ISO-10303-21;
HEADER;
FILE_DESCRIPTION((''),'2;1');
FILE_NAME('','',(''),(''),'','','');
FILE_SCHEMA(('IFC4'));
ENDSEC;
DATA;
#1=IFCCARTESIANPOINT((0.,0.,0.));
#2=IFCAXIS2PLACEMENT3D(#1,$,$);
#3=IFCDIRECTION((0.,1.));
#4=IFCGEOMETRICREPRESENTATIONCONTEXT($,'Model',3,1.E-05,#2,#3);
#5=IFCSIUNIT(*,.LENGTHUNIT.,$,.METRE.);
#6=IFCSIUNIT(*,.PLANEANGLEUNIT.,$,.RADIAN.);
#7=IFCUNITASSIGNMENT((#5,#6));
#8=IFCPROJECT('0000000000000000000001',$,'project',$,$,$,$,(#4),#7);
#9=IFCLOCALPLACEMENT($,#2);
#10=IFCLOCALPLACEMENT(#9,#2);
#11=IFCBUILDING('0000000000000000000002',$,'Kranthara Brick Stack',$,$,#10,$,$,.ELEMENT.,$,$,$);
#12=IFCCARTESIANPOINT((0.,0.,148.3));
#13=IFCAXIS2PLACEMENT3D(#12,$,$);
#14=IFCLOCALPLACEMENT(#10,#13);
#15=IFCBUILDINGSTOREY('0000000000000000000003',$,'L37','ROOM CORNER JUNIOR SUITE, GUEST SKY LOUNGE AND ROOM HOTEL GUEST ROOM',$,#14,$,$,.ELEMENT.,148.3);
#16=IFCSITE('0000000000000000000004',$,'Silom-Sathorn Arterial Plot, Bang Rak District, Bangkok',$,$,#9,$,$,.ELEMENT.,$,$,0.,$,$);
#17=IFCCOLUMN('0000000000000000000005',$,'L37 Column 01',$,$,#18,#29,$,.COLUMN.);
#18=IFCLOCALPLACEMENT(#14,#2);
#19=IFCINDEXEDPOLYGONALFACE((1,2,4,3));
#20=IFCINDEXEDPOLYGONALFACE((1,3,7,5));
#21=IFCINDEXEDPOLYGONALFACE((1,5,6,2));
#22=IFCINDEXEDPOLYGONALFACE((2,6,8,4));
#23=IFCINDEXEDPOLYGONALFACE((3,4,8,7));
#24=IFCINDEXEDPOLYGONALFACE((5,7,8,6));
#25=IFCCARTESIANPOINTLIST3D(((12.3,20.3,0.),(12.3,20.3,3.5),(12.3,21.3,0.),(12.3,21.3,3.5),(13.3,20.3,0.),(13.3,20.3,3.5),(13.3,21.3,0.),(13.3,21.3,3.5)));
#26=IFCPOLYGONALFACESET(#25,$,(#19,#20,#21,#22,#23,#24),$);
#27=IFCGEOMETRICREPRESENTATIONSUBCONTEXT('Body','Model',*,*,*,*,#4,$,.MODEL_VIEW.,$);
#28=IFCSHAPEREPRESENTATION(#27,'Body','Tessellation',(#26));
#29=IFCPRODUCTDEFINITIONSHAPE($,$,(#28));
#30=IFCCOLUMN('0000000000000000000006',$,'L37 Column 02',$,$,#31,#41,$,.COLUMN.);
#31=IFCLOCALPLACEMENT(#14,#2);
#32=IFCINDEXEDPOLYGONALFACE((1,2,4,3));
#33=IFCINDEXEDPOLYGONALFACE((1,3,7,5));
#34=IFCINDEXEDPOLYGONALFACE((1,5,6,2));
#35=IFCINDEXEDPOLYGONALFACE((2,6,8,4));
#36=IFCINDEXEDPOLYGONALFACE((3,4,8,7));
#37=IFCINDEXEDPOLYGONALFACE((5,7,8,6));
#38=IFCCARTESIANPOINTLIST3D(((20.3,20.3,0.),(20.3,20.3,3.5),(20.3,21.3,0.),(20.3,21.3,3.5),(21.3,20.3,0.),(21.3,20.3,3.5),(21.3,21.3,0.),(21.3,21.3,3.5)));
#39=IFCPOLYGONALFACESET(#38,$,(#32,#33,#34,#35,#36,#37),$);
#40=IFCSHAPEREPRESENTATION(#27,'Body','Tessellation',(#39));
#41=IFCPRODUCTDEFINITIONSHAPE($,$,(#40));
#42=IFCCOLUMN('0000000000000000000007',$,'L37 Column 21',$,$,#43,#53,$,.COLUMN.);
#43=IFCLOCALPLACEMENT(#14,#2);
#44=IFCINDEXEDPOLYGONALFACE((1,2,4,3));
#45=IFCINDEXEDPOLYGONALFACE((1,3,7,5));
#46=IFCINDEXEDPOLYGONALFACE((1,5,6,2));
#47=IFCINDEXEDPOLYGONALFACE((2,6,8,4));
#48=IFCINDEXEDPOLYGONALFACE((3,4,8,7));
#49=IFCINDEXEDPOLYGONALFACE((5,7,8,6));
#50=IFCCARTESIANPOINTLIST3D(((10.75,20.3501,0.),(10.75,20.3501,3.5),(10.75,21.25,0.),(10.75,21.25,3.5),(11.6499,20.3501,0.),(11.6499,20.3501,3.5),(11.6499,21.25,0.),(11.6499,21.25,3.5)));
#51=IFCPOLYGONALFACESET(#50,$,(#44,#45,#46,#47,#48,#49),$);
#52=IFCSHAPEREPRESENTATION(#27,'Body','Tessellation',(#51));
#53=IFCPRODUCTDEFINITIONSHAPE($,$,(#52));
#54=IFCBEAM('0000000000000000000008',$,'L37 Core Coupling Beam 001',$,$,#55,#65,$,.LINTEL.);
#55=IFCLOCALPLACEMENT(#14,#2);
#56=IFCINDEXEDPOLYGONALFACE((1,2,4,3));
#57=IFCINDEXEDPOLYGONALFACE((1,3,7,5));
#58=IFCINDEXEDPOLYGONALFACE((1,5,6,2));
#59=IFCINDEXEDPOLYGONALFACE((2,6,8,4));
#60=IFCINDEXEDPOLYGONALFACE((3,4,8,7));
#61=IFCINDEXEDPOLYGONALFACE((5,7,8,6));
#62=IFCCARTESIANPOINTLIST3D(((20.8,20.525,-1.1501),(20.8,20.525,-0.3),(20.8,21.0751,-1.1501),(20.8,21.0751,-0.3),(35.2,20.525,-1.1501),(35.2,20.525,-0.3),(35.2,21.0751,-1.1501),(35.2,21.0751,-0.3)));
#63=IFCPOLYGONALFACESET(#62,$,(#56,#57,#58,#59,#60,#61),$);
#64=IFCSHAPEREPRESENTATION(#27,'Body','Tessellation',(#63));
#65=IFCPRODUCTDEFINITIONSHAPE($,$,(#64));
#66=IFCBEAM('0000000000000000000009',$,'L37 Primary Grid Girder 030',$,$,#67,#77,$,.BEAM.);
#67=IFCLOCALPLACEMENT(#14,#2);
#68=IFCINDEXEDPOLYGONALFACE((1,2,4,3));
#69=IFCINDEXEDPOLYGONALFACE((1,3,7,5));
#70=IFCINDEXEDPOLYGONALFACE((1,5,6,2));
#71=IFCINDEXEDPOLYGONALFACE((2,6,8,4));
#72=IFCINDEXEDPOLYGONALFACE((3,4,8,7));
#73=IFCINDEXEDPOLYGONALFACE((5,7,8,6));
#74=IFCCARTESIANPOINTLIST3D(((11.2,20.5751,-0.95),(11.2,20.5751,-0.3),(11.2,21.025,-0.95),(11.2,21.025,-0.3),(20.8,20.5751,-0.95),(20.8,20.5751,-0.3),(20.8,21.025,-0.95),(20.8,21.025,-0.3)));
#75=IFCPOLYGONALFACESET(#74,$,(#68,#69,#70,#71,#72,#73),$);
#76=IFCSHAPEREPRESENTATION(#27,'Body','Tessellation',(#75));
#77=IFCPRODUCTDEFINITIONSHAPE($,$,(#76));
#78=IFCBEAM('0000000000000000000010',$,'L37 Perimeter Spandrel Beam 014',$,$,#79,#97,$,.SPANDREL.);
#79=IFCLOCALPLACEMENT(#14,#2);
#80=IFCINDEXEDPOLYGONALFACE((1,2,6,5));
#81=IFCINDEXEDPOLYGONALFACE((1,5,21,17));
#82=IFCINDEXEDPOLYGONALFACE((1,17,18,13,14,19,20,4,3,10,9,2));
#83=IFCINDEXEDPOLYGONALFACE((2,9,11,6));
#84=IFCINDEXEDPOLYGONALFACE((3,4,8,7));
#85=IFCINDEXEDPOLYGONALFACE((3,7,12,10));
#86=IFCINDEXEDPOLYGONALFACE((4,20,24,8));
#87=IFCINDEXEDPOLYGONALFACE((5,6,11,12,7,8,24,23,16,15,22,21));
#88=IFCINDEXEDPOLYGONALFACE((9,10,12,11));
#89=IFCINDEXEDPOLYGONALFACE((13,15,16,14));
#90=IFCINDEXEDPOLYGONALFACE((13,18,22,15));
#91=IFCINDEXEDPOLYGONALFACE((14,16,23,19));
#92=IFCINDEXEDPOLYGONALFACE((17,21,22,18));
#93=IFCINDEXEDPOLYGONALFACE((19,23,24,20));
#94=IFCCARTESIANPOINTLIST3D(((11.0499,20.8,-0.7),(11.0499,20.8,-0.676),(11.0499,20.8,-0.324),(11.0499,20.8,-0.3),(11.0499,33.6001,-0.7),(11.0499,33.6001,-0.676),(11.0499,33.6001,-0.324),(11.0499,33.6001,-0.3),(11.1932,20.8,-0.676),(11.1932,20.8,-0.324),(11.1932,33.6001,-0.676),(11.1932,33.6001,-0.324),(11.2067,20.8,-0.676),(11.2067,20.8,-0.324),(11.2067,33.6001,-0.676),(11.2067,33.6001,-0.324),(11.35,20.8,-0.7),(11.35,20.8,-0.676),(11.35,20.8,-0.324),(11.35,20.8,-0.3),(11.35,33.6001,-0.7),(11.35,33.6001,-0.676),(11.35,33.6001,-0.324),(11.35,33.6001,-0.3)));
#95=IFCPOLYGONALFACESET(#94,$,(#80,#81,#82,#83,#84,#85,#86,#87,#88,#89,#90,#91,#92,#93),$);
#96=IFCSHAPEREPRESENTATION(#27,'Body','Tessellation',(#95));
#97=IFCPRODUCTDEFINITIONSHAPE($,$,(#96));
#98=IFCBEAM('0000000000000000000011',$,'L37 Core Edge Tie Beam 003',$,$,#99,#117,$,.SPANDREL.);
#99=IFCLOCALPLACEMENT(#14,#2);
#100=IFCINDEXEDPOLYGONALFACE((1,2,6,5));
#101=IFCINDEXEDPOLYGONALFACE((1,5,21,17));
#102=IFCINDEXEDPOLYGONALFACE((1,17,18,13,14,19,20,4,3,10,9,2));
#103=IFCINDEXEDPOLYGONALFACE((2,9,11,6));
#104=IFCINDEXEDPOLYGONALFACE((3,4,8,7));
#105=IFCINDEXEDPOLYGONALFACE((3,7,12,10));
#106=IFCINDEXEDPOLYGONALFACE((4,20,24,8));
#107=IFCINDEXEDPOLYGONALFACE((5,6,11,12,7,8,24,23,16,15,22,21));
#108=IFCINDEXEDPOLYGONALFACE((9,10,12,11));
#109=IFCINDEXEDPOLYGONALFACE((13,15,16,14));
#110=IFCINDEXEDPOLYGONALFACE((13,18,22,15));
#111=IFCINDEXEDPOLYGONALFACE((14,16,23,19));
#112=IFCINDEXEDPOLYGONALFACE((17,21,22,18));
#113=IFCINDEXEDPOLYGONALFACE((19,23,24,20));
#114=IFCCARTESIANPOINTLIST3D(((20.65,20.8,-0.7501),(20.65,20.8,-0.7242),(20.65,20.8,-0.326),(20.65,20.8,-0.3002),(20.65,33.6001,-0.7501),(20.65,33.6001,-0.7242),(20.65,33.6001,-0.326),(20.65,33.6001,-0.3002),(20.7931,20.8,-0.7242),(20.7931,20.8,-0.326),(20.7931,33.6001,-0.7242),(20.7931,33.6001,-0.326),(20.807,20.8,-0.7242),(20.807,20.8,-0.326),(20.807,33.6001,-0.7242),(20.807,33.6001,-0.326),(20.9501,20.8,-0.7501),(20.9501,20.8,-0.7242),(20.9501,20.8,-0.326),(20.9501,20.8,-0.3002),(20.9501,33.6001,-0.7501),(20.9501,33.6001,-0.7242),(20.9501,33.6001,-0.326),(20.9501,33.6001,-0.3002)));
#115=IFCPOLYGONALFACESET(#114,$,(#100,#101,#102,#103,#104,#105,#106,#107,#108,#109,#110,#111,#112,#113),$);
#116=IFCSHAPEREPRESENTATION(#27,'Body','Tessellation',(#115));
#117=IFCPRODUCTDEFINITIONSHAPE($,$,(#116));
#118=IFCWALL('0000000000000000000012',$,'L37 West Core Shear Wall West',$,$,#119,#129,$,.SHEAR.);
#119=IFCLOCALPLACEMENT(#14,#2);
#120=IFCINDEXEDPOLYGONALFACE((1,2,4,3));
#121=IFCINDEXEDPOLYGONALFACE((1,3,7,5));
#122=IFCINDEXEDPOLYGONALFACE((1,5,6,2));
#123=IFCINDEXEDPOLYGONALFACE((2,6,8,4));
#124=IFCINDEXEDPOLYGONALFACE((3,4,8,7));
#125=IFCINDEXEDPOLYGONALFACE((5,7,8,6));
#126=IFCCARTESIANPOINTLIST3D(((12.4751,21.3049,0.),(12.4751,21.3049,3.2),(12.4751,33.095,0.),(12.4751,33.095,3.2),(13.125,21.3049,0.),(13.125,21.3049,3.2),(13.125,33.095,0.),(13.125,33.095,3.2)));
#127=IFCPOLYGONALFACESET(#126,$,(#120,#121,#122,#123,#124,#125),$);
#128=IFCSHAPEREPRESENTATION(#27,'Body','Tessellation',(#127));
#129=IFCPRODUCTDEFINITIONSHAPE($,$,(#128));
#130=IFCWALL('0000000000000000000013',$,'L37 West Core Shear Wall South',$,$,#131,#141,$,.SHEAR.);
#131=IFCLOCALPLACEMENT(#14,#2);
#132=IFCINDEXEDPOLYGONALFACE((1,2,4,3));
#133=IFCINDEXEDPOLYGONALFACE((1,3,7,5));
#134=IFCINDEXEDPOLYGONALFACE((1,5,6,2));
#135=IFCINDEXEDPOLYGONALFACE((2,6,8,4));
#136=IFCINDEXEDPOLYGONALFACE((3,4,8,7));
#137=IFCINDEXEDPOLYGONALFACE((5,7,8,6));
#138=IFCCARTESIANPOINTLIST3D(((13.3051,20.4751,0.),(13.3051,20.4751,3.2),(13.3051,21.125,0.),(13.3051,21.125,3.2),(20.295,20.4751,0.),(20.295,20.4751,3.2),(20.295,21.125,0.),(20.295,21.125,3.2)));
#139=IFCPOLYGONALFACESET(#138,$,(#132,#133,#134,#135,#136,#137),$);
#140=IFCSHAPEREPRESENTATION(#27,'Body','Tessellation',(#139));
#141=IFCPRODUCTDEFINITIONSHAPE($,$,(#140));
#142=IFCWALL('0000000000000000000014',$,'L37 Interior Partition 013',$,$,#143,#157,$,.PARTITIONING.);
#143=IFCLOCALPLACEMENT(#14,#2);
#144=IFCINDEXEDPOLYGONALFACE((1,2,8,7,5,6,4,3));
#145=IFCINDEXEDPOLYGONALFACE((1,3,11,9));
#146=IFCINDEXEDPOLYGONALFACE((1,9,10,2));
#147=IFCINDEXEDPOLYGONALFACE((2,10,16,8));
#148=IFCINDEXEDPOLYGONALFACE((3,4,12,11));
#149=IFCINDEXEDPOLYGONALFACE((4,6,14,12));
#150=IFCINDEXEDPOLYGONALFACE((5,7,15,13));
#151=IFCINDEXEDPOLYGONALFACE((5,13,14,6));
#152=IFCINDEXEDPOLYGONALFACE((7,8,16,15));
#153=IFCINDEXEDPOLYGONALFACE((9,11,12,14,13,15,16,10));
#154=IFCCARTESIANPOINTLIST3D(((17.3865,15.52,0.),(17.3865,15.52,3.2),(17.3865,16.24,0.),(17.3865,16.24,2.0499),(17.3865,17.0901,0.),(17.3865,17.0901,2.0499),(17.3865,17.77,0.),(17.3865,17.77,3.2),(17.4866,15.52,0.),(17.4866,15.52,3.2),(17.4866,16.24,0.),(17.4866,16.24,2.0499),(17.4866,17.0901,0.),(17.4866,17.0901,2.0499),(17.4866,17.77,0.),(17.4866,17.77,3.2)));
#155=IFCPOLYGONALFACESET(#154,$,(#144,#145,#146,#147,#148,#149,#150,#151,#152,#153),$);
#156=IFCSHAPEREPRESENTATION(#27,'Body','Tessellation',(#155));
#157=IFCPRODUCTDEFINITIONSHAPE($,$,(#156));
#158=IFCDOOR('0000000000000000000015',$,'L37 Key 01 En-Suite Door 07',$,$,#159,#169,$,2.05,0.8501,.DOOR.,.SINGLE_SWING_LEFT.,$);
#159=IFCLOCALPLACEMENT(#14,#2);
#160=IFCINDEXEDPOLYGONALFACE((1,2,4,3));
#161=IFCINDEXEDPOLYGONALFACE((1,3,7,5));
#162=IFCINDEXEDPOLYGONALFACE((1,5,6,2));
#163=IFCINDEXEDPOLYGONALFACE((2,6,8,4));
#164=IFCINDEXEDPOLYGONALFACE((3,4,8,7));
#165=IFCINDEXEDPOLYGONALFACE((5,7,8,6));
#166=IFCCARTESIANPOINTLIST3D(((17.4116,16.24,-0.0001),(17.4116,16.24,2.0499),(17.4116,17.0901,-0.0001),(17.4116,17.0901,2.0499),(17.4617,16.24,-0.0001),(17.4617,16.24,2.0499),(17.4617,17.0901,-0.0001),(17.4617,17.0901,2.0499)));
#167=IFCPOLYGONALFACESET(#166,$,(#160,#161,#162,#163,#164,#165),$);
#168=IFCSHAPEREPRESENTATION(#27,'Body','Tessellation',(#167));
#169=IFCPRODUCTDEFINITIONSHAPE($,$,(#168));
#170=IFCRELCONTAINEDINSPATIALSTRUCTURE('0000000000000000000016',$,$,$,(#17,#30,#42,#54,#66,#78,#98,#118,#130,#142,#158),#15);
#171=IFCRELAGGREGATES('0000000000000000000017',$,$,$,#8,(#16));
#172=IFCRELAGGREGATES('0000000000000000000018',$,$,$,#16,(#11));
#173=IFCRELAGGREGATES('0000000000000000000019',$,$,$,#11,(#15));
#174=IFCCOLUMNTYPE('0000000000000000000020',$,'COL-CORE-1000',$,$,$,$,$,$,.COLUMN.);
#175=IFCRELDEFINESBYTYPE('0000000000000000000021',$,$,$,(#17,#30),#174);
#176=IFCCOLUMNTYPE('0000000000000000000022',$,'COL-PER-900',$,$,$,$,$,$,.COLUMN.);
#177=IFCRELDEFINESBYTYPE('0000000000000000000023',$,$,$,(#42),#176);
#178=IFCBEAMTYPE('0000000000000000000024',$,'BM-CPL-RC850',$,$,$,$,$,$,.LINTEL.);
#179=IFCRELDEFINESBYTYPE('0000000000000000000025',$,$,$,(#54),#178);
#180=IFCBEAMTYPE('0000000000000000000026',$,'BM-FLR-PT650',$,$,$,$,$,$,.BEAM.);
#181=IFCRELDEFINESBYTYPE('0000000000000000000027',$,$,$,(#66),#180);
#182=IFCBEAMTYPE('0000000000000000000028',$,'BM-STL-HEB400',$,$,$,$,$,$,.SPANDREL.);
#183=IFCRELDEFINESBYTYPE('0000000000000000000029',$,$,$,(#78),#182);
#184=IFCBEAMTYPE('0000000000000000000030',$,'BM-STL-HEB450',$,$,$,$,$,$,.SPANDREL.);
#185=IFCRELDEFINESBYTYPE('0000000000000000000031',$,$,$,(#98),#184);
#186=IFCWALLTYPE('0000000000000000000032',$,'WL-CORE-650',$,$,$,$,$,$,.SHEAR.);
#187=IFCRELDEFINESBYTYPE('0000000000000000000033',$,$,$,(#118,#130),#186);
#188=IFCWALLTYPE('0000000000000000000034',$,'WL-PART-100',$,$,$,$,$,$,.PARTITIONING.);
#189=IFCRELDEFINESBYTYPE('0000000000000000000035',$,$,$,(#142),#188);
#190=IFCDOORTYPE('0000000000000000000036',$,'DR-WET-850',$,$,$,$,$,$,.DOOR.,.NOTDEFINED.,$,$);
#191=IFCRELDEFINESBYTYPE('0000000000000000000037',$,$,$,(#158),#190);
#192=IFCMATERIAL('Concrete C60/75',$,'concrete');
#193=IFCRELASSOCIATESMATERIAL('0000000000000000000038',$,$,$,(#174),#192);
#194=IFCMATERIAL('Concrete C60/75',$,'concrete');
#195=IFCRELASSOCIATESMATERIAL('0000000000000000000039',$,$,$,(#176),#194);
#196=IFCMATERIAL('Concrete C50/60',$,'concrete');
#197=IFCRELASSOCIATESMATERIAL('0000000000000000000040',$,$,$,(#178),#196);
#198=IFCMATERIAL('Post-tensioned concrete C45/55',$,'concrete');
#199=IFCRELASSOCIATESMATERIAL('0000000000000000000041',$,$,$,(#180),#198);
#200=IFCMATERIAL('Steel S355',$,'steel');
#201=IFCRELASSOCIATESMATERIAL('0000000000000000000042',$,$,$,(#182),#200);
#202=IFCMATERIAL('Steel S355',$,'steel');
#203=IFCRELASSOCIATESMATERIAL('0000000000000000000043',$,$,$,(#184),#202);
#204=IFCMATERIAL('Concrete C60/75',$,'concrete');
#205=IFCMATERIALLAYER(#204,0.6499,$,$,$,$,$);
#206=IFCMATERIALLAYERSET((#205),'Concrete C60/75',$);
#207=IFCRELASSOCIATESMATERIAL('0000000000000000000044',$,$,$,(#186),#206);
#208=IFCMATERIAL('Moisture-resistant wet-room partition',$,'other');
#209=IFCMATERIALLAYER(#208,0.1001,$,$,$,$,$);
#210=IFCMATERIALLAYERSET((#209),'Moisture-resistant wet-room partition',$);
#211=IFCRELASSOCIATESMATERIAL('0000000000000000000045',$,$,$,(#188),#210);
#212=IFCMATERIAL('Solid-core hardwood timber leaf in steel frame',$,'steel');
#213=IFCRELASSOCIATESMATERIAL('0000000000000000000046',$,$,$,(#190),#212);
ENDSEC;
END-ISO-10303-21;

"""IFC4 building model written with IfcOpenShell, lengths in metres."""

from ifc_helpers import new_model, si_unit, direction, frame, frame_2d, origin, origin_2d, place, context, subcontext, project, spatial, rectangle, i_section, extrude, material, layer, layer_set, material_profile, profile_set, type_object, element, fill, save


model = new_model("IFC4")

# Units and contexts
model_context = context("Model", 3, precision=1e-05, world=origin(), true_north=direction((0.0, 1.0)))
body_context = subcontext(model_context, "Body", "Model", "MODEL_VIEW")
ifc_project = project(units=[si_unit("LENGTHUNIT", "METRE"), si_unit("PLANEANGLEUNIT", "RADIAN")], contexts=[model_context])

# Site, building, storey
site_placement = place(None, origin())
site = spatial("IfcSite", under=ifc_project, at=site_placement, Name="Silom-Sathorn Arterial Plot, Bang Rak District, Bangkok", CompositionType="ELEMENT", RefElevation=0.0)
building_placement = place(site_placement, origin())
building = spatial("IfcBuilding", under=site, at=building_placement, Name="Kranthara Brick Stack", CompositionType="ELEMENT")
storey_placement = place(building_placement, frame((0.0, 0.0, 148.3)))
storey = spatial("IfcBuildingStorey", under=building, at=storey_placement, Name="L37", Description="ROOM CORNER JUNIOR SUITE, GUEST SKY LOUNGE AND ROOM HOTEL GUEST ROOM", CompositionType="ELEMENT", Elevation=148.3)

# Columns
ifc_material_1 = material(Name="Concrete C60/75", Category="concrete")
ifc_material_profile_1 = material_profile(ifc_material_1, rectangle(XDim=1.0, YDim=1.0, at=origin_2d()), Name="RC 1000x1000")
ifc_profile_set_1 = profile_set([ifc_material_profile_1], Name="Concrete C60/75")
column_type_1 = type_object("IfcColumnType", Name="COL-CORE-1000", PredefinedType="COLUMN", material=ifc_profile_set_1)
for number, where, z_axis, x_axis, name in (
    (1, (12.8, 20.8, 0.0), (0.0, 0.0, 1.0), (1.0, 0.0, 0.0), "L37 Column 01"),
    (2, (20.8, 20.8, 0.0), (0.0, 0.0, 1.0), (1.0, 0.0, 0.0), "L37 Column 02"),
):
    element("IfcColumn", number, at=place(storey_placement, frame(where, z_axis=z_axis, x_axis=x_axis)), inside=storey, type_object=column_type_1, Name=name, PredefinedType="COLUMN", context=body_context, shape_type="SweptSolid", body=[
        extrude(rectangle(XDim=1.0, YDim=1.0, at=origin_2d()), origin(), (0.0, 0.0, 1.0), 3.5),
    ])
ifc_material_2 = material(Name="Concrete C60/75", Category="concrete")
ifc_material_profile_2 = material_profile(ifc_material_2, rectangle(XDim=0.8999, YDim=0.8999, at=origin_2d()), Name="RC 900x900")
ifc_profile_set_2 = profile_set([ifc_material_profile_2], Name="Concrete C60/75")
column_type_2 = type_object("IfcColumnType", Name="COL-PER-900", PredefinedType="COLUMN", material=ifc_profile_set_2)
column_placement = place(storey_placement, frame((11.2, 20.8, 0.0), z_axis=(0.0, 0.0, 1.0), x_axis=(1.0, 0.0, 0.0)))
element("IfcColumn", 3, at=column_placement, inside=storey, type_object=column_type_2, Name="L37 Column 21", PredefinedType="COLUMN", context=body_context, shape_type="SweptSolid", body=[
    extrude(rectangle(XDim=0.8999, YDim=0.8999, at=origin_2d()), origin(), (0.0, 0.0, 1.0), 3.5),
])

# Beams
ifc_material_3 = material(Name="Concrete C50/60", Category="concrete")
ifc_material_profile_3 = material_profile(ifc_material_3, rectangle(XDim=0.55, YDim=0.8501, at=origin_2d()), Name="RC 550x850")
ifc_profile_set_3 = profile_set([ifc_material_profile_3], Name="Concrete C50/60")
beam_type_1 = type_object("IfcBeamType", Name="BM-CPL-RC850", PredefinedType="LINTEL", material=ifc_profile_set_3)
beam_1_placement = place(storey_placement, frame((20.8, 20.8, -0.7251), z_axis=(1.0, 0.0, 0.0), x_axis=(0.0, 1.0, 0.0)))
element("IfcBeam", 4, at=beam_1_placement, inside=storey, type_object=beam_type_1, Name="L37 Core Coupling Beam 001", PredefinedType="LINTEL", context=body_context, shape_type="SweptSolid", body=[
    extrude(rectangle(XDim=0.55, YDim=0.8501, at=origin_2d()), origin(), (0.0, 0.0, 1.0), 14.3999),
])
ifc_material_4 = material(Name="Post-tensioned concrete C45/55", Category="concrete")
ifc_material_profile_4 = material_profile(ifc_material_4, rectangle(XDim=0.45, YDim=0.6499, at=origin_2d()), Name="PT 450x650")
ifc_profile_set_4 = profile_set([ifc_material_profile_4], Name="Post-tensioned concrete C45/55")
beam_type_2 = type_object("IfcBeamType", Name="BM-FLR-PT650", PredefinedType="BEAM", material=ifc_profile_set_4)
beam_2_placement = place(storey_placement, frame((11.2, 20.8, -0.625), z_axis=(1.0, 0.0, 0.0), x_axis=(0.0, 1.0, 0.0)))
element("IfcBeam", 5, at=beam_2_placement, inside=storey, type_object=beam_type_2, Name="L37 Primary Grid Girder 030", PredefinedType="BEAM", context=body_context, shape_type="SweptSolid", body=[
    extrude(rectangle(XDim=0.45, YDim=0.6499, at=origin_2d()), origin(), (0.0, 0.0, 1.0), 9.6001),
])
ifc_material_5 = material(Name="Steel S355", Category="steel")
ifc_material_profile_5 = material_profile(ifc_material_5, i_section(OverallWidth=0.3, OverallDepth=0.3999, WebThickness=0.0134, FlangeThickness=0.0239, at=origin_2d()), Name="HEB 400")
ifc_profile_set_5 = profile_set([ifc_material_profile_5], Name="Steel S355")
beam_type_3 = type_object("IfcBeamType", Name="BM-STL-HEB400", PredefinedType="SPANDREL", material=ifc_profile_set_5)
beam_3_placement = place(storey_placement, frame((11.2, 20.8, -0.5), z_axis=(0.0, 1.0, 0.0), x_axis=(-1.0, 0.0, 0.0)))
element("IfcBeam", 6, at=beam_3_placement, inside=storey, type_object=beam_type_3, Name="L37 Perimeter Spandrel Beam 014", PredefinedType="SPANDREL", context=body_context, shape_type="SweptSolid", body=[
    extrude(i_section(OverallWidth=0.3, OverallDepth=0.3999, WebThickness=0.0134, FlangeThickness=0.0239, at=origin_2d()), origin(), (0.0, 0.0, 1.0), 12.8),
])
ifc_material_6 = material(Name="Steel S355", Category="steel")
ifc_material_profile_6 = material_profile(ifc_material_6, i_section(OverallWidth=0.3, OverallDepth=0.45, WebThickness=0.0139, FlangeThickness=0.0259, at=origin_2d()), Name="HEB 450")
ifc_profile_set_6 = profile_set([ifc_material_profile_6], Name="Steel S355")
beam_type_4 = type_object("IfcBeamType", Name="BM-STL-HEB450", PredefinedType="SPANDREL", material=ifc_profile_set_6)
beam_4_placement = place(storey_placement, frame((20.8, 20.8, -0.5251), z_axis=(0.0, 1.0, 0.0), x_axis=(-1.0, 0.0, 0.0)))
element("IfcBeam", 7, at=beam_4_placement, inside=storey, type_object=beam_type_4, Name="L37 Core Edge Tie Beam 003", PredefinedType="SPANDREL", context=body_context, shape_type="SweptSolid", body=[
    extrude(i_section(OverallWidth=0.3, OverallDepth=0.45, WebThickness=0.0139, FlangeThickness=0.0259, at=origin_2d()), origin(), (0.0, 0.0, 1.0), 12.8),
])

# Walls
ifc_material_7 = material(Name="Concrete C60/75", Category="concrete")
ifc_layer_1 = layer(ifc_material_7, 0.6499)
ifc_layer_set_1 = layer_set([ifc_layer_1], Name="Concrete C60/75")
wall_type_1 = type_object("IfcWallType", Name="WL-CORE-650", PredefinedType="SHEAR", material=ifc_layer_set_1)
wall_1_placement = place(storey_placement, frame((12.8, 21.3049, 0.0), z_axis=(0.0, 0.0, 1.0), x_axis=(0.0, 1.0, 0.0)))
element("IfcWall", 8, at=wall_1_placement, inside=storey, type_object=wall_type_1, Name="L37 West Core Shear Wall West", PredefinedType="SHEAR", context=body_context, shape_type="SweptSolid", body=[
    extrude(rectangle(XDim=11.79, YDim=0.6499, at=frame_2d((5.895, 0.0))), origin(), (0.0, 0.0, 1.0), 3.2),
])
wall_2_placement = place(storey_placement, frame((13.3049, 20.8, 0.0), z_axis=(0.0, 0.0, 1.0), x_axis=(1.0, 0.0, 0.0)))
element("IfcWall", 9, at=wall_2_placement, inside=storey, type_object=wall_type_1, Name="L37 West Core Shear Wall South", PredefinedType="SHEAR", context=body_context, shape_type="SweptSolid", body=[
    extrude(rectangle(XDim=6.99, YDim=0.6499, at=frame_2d((3.4951, 0.0))), origin(), (0.0, 0.0, 1.0), 3.2),
])

# Wall, opening, door
ifc_material_8 = material(Name="Moisture-resistant wet-room partition", Category="other")
ifc_layer_2 = layer(ifc_material_8, 0.1001)
ifc_layer_set_2 = layer_set([ifc_layer_2], Name="Moisture-resistant wet-room partition")
wall_type_2 = type_object("IfcWallType", Name="WL-PART-100", PredefinedType="PARTITIONING", material=ifc_layer_set_2)
wall_3_placement = place(storey_placement, frame((17.4365, 15.52, 0.0), z_axis=(0.0, 0.0, 1.0), x_axis=(0.0, 1.0, 0.0)))
wall_3 = element("IfcWall", 10, at=wall_3_placement, inside=storey, type_object=wall_type_2, Name="L37 Interior Partition 013", PredefinedType="PARTITIONING", context=body_context, shape_type="SweptSolid", body=[
    extrude(rectangle(XDim=2.25, YDim=0.1001, at=frame_2d((1.125, 0.0))), origin(), (0.0, 0.0, 1.0), 3.2),
])
opening_1_placement = place(wall_3_placement, frame((0.72, 0.0, 0.0)))
opening_1 = element("IfcOpeningElement", 11, at=opening_1_placement, cuts=wall_3, PredefinedType="OPENING", context=body_context, shape_type="SweptSolid", body=[
    extrude(rectangle(XDim=0.8501, YDim=2.05, at=frame_2d((0.425, 1.0249))), frame((0.0, 0.0601, 0.0), z_axis=(0.0, -1.0, 0.0), x_axis=(1.0, 0.0, 0.0)), (0.0, 0.0, 1.0), 0.1201),
])
ifc_material_9 = material(Name="Solid-core hardwood timber leaf in steel frame", Category="steel")
door_type_1 = type_object("IfcDoorType", Name="DR-WET-850", OperationType="NOTDEFINED", PredefinedType="DOOR", material=ifc_material_9)
door_1_placement = place(opening_1_placement, origin())
door_1 = element("IfcDoor", 12, at=door_1_placement, inside=storey, type_object=door_type_1, Name="L37 Key 01 En-Suite Door 07", OperationType="SINGLE_SWING_LEFT", OverallHeight=2.05, OverallWidth=0.8501, PredefinedType="DOOR", context=body_context, shape_type="SweptSolid", body=[
    extrude(rectangle(XDim=0.8501, YDim=2.05, at=frame_2d((0.425, 1.0249))), frame((0.0, 0.0249, 0.0), z_axis=(0.0, -1.0, 0.0), x_axis=(1.0, 0.0, 0.0)), (0.0, 0.0, 1.0), 0.05),
])
fill(opening_1, door_1)

save(model, "model.ifc")
